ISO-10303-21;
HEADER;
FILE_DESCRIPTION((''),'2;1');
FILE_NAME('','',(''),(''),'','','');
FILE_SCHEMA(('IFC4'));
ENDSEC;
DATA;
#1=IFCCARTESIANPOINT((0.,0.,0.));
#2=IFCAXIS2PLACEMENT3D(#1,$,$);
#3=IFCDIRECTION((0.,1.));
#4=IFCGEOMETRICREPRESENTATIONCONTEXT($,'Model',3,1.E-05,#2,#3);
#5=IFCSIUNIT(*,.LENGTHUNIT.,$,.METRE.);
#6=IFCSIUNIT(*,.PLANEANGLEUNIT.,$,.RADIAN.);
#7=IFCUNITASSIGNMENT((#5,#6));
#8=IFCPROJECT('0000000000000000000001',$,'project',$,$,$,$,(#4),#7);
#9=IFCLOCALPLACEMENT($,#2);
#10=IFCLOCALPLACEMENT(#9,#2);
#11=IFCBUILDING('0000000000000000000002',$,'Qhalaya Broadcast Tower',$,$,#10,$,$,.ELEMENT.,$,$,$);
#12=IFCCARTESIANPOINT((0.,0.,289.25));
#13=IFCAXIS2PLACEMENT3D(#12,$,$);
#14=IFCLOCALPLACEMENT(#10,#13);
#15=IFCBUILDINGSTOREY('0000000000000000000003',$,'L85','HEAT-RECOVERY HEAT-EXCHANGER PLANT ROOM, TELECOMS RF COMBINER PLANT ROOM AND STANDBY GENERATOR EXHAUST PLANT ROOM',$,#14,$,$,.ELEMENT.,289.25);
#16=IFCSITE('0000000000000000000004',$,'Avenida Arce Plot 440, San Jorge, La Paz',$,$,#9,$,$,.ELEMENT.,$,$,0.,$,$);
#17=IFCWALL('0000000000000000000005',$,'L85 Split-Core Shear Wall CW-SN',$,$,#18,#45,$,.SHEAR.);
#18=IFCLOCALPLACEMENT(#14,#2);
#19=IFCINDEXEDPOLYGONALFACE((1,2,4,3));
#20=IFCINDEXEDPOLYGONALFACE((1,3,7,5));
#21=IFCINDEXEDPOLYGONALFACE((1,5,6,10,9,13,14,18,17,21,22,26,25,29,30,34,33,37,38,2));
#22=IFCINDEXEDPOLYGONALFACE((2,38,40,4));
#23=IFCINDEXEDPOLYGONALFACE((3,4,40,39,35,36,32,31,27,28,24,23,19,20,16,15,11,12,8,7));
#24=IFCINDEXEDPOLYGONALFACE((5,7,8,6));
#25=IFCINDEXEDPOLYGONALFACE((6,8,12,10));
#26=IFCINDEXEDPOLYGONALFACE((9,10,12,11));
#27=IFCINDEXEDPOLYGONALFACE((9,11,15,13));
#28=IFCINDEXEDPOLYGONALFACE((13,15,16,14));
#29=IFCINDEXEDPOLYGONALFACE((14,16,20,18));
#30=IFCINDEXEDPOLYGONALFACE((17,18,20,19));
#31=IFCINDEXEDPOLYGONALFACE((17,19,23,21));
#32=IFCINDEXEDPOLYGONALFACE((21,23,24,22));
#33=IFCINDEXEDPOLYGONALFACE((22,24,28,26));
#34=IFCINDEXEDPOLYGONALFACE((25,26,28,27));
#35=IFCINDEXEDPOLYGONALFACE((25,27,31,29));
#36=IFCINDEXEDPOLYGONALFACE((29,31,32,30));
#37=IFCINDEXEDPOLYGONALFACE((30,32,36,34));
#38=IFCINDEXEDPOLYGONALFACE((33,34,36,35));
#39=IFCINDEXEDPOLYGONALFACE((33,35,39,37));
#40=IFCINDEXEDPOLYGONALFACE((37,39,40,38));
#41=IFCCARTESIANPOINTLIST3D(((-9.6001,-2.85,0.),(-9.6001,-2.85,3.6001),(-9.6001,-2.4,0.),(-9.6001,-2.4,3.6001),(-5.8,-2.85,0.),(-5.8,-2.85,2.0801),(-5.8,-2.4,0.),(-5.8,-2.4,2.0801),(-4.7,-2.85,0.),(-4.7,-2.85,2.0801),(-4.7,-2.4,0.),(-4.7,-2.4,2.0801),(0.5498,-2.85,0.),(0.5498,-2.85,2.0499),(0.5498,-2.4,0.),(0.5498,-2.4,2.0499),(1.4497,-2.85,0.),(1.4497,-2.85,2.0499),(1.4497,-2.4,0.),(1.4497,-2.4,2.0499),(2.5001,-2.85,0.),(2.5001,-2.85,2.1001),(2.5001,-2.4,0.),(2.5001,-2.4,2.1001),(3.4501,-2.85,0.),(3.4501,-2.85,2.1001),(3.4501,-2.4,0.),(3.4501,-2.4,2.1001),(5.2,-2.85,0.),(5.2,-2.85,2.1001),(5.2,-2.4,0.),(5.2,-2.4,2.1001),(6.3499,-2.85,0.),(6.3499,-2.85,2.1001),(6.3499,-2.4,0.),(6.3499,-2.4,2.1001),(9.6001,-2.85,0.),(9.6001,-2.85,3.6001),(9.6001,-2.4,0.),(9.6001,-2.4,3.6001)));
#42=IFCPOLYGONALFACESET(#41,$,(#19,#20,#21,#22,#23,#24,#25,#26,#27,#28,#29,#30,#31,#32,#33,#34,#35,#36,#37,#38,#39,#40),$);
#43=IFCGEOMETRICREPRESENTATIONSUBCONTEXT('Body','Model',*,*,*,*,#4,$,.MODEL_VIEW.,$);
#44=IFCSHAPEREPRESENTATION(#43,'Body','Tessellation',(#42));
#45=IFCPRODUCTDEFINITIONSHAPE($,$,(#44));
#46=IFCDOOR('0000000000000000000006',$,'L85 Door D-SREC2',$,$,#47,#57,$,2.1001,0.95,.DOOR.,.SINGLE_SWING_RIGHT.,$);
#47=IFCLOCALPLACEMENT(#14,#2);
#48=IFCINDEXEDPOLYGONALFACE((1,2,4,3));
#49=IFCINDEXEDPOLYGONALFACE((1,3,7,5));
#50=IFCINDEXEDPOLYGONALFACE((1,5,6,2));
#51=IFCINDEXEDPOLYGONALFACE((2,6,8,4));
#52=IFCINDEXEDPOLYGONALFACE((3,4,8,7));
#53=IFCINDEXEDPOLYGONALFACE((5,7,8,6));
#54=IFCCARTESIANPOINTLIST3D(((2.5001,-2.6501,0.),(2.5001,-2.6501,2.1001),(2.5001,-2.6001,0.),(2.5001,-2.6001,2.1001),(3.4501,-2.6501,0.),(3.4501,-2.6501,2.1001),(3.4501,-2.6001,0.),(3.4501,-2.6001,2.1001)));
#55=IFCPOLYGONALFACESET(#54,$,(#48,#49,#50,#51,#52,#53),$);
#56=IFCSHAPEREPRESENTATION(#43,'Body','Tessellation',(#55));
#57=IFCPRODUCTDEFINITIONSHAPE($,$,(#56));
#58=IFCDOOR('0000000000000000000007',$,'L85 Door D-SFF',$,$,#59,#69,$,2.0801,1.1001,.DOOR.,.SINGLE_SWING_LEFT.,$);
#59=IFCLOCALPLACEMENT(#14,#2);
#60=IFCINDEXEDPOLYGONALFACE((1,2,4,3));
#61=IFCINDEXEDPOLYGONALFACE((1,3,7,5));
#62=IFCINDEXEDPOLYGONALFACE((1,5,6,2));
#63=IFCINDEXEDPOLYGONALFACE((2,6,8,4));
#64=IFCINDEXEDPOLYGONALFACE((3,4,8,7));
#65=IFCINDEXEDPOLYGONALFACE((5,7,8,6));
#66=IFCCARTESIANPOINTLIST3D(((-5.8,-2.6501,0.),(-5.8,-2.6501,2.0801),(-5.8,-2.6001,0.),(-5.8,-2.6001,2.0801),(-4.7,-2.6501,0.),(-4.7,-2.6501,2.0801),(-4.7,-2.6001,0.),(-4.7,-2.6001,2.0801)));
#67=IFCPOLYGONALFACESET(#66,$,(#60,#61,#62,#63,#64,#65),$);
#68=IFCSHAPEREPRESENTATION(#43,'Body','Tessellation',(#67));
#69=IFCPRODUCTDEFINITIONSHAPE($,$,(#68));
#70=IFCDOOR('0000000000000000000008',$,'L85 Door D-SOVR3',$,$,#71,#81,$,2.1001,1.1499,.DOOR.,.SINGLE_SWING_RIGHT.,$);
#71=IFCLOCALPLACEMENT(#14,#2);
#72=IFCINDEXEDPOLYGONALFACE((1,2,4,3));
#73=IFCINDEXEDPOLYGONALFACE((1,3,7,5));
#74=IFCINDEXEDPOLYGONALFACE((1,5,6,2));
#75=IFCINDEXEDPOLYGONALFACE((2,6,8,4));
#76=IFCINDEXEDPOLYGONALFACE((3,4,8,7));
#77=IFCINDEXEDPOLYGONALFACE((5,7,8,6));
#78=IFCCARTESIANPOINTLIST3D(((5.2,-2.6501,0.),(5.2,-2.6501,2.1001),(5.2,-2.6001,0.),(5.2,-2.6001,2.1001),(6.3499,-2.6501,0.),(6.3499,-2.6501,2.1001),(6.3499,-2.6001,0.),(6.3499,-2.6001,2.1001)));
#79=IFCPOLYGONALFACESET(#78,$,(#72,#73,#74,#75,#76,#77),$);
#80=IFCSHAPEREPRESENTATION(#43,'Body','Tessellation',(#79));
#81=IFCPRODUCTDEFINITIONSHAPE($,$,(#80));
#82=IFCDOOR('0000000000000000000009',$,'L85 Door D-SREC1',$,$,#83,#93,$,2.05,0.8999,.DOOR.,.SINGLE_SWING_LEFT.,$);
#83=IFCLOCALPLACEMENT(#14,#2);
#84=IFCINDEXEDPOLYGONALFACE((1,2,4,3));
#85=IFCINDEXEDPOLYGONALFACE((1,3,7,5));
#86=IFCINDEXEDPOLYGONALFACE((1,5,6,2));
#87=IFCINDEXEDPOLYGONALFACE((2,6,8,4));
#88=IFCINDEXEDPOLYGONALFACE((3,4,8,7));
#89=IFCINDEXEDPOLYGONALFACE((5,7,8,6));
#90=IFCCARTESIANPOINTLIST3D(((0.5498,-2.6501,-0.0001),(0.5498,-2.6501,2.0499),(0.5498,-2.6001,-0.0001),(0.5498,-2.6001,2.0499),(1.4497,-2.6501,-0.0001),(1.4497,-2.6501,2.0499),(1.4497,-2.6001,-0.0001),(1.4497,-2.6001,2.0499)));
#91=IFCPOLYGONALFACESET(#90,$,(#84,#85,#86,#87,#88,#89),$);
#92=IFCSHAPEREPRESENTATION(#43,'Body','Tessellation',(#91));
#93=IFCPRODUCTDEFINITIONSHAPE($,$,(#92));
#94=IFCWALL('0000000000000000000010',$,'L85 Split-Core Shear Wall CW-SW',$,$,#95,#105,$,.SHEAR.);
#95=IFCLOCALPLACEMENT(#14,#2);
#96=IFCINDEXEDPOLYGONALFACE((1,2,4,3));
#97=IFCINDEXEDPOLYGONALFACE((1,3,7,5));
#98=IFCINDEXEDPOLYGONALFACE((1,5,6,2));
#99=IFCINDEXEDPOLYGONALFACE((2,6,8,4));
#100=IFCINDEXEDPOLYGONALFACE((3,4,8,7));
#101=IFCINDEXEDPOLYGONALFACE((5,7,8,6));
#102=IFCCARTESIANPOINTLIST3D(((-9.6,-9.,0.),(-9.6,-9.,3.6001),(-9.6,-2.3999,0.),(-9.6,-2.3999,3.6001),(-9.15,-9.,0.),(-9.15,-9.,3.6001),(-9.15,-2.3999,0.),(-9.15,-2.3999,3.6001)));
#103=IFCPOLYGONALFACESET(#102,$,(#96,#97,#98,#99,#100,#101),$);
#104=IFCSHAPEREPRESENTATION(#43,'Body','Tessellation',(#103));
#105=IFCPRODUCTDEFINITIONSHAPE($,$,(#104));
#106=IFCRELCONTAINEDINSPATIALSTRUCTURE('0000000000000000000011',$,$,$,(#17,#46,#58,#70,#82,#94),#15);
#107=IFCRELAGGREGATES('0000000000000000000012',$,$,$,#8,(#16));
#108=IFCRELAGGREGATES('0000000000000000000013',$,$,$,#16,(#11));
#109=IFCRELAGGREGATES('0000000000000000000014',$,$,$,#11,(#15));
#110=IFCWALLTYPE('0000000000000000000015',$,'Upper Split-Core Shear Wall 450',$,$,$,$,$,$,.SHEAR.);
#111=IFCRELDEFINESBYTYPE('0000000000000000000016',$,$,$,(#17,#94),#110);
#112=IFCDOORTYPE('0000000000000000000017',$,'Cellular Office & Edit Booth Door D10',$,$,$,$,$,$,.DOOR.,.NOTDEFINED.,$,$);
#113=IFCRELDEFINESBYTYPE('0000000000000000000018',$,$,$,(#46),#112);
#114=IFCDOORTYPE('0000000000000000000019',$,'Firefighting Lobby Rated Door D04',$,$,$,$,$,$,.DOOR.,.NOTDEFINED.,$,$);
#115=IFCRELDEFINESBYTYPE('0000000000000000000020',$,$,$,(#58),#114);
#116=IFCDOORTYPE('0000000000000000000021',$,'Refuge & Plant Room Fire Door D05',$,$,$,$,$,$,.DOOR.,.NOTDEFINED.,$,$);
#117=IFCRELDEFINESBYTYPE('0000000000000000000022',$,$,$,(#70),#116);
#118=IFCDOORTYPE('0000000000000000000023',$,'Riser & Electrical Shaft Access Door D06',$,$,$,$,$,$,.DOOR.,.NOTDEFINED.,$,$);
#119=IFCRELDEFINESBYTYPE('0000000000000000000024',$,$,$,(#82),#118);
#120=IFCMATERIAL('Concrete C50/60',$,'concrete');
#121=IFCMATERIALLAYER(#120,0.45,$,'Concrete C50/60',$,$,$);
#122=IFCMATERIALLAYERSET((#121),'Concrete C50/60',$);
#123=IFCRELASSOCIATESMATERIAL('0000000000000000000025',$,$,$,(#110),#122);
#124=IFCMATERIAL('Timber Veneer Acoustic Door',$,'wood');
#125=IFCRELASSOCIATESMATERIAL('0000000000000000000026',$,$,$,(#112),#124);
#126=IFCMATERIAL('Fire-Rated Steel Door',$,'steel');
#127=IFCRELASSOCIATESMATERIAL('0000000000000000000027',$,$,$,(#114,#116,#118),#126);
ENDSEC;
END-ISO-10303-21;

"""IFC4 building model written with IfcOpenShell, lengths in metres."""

from ifc_helpers import new_model, si_unit, direction, frame, frame_2d, origin, place, context, subcontext, project, spatial, rectangle, extrude, material, layer, layer_set, type_object, element, fill, save


model = new_model("IFC4")

# Units and contexts
model_context = context("Model", 3, precision=1e-05, world=origin(), true_north=direction((0.0, 1.0)))
body_context = subcontext(model_context, "Body", "Model", "MODEL_VIEW")
ifc_project = project(units=[si_unit("LENGTHUNIT", "METRE"), si_unit("PLANEANGLEUNIT", "RADIAN")], contexts=[model_context])

# Site, building, storey
site_placement = place(None, origin())
site = spatial("IfcSite", under=ifc_project, at=site_placement, Name="Avenida Arce Plot 440, San Jorge, La Paz", CompositionType="ELEMENT", RefElevation=0.0)
building_placement = place(site_placement, origin())
building = spatial("IfcBuilding", under=site, at=building_placement, Name="Qhalaya Broadcast Tower", CompositionType="ELEMENT")
storey_placement = place(building_placement, frame((0.0, 0.0, 289.25)))
storey = spatial("IfcBuildingStorey", under=building, at=storey_placement, Name="L85", Description="HEAT-RECOVERY HEAT-EXCHANGER PLANT ROOM, TELECOMS RF COMBINER PLANT ROOM AND STANDBY GENERATOR EXHAUST PLANT ROOM", CompositionType="ELEMENT", Elevation=289.25)

# Shared definitions
ifc_material_1 = material(Name="Concrete C50/60", Category="concrete")

# Shared definitions
ifc_layer_1 = layer(ifc_material_1, 0.45, Name="Concrete C50/60")
ifc_layer_set_1 = layer_set([ifc_layer_1], Name="Concrete C50/60")
wall_type = type_object("IfcWallType", Name="Upper Split-Core Shear Wall 450", PredefinedType="SHEAR", material=ifc_layer_set_1)

# Wall, openings, doors
wall_1_placement = place(storey_placement, frame((-9.6001, -2.625, 0.0), z_axis=(0.0, 0.0, 1.0), x_axis=(1.0, 0.0, 0.0)))
wall_1 = element("IfcWall", 1, at=wall_1_placement, inside=storey, type_object=wall_type, Name="L85 Split-Core Shear Wall CW-SN", PredefinedType="SHEAR", context=body_context, shape_type="SweptSolid", body=[
    extrude(rectangle(XDim=19.2002, YDim=0.45, at=frame_2d((9.6001, 0.0))), origin(), (0.0, 0.0, 1.0), 3.6001),
])
opening_1_placement = place(wall_1_placement, frame((3.8, 0.0, 0.0)))
opening_1 = element("IfcOpeningElement", 2, at=opening_1_placement, cuts=wall_1, PredefinedType="OPENING", context=body_context, shape_type="SweptSolid", body=[
    extrude(rectangle(XDim=1.1001, YDim=2.0801, at=frame_2d((0.55, 1.04))), frame((0.0, 0.2371, 0.0), z_axis=(0.0, -1.0, 0.0), x_axis=(1.0, 0.0, 0.0)), (0.0, 0.0, 1.0), 0.4739),
])
opening_2_placement = place(wall_1_placement, frame((10.1499, 0.0, 0.0)))
opening_2 = element("IfcOpeningElement", 3, at=opening_2_placement, cuts=wall_1, PredefinedType="OPENING", context=body_context, shape_type="SweptSolid", body=[
    extrude(rectangle(XDim=0.8999, YDim=2.05, at=frame_2d((0.45, 1.0249))), frame((0.0, 0.2371, 0.0), z_axis=(0.0, -1.0, 0.0), x_axis=(1.0, 0.0, 0.0)), (0.0, 0.0, 1.0), 0.4739),
])
opening_3_placement = place(wall_1_placement, frame((12.1001, 0.0, 0.0)))
opening_3 = element("IfcOpeningElement", 4, at=opening_3_placement, cuts=wall_1, PredefinedType="OPENING", context=body_context, shape_type="SweptSolid", body=[
    extrude(rectangle(XDim=0.95, YDim=2.1001, at=frame_2d((0.4751, 1.05))), frame((0.0, 0.2371, 0.0), z_axis=(0.0, -1.0, 0.0), x_axis=(1.0, 0.0, 0.0)), (0.0, 0.0, 1.0), 0.4739),
])
opening_4_placement = place(wall_1_placement, frame((14.8, 0.0, 0.0)))
opening_4 = element("IfcOpeningElement", 5, at=opening_4_placement, cuts=wall_1, PredefinedType="OPENING", context=body_context, shape_type="SweptSolid", body=[
    extrude(rectangle(XDim=1.1499, YDim=2.1001, at=frame_2d((0.575, 1.05))), frame((0.0, 0.2371, 0.0), z_axis=(0.0, -1.0, 0.0), x_axis=(1.0, 0.0, 0.0)), (0.0, 0.0, 1.0), 0.4739),
])
ifc_material_2 = material(Name="Timber Veneer Acoustic Door", Category="wood")
door_type_1 = type_object("IfcDoorType", Name="Cellular Office & Edit Booth Door D10", OperationType="NOTDEFINED", PredefinedType="DOOR", material=ifc_material_2)
door_1_placement = place(opening_3_placement, origin())
door_1 = element("IfcDoor", 6, at=door_1_placement, inside=storey, type_object=door_type_1, Name="L85 Door D-SREC2", OperationType="SINGLE_SWING_RIGHT", OverallHeight=2.1001, OverallWidth=0.95, PredefinedType="DOOR", context=body_context, shape_type="SweptSolid", body=[
    extrude(rectangle(XDim=0.95, YDim=2.1001, at=frame_2d((0.4751, 1.05))), frame((0.0, 0.0249, 0.0), z_axis=(0.0, -1.0, 0.0), x_axis=(1.0, 0.0, 0.0)), (0.0, 0.0, 1.0), 0.05),
])
fill(opening_3, door_1)
ifc_material_3 = material(Name="Fire-Rated Steel Door", Category="steel")
door_type_2 = type_object("IfcDoorType", Name="Firefighting Lobby Rated Door D04", OperationType="NOTDEFINED", PredefinedType="DOOR", material=ifc_material_3)
door_2_placement = place(opening_1_placement, origin())
door_2 = element("IfcDoor", 7, at=door_2_placement, inside=storey, type_object=door_type_2, Name="L85 Door D-SFF", OperationType="SINGLE_SWING_LEFT", OverallHeight=2.0801, OverallWidth=1.1001, PredefinedType="DOOR", context=body_context, shape_type="SweptSolid", body=[
    extrude(rectangle(XDim=1.1001, YDim=2.0801, at=frame_2d((0.55, 1.04))), frame((0.0, 0.0249, 0.0), z_axis=(0.0, -1.0, 0.0), x_axis=(1.0, 0.0, 0.0)), (0.0, 0.0, 1.0), 0.05),
])
fill(opening_1, door_2)
door_type_3 = type_object("IfcDoorType", Name="Refuge & Plant Room Fire Door D05", OperationType="NOTDEFINED", PredefinedType="DOOR", material=ifc_material_3)
door_3_placement = place(opening_4_placement, origin())
door_3 = element("IfcDoor", 8, at=door_3_placement, inside=storey, type_object=door_type_3, Name="L85 Door D-SOVR3", OperationType="SINGLE_SWING_RIGHT", OverallHeight=2.1001, OverallWidth=1.1499, PredefinedType="DOOR", context=body_context, shape_type="SweptSolid", body=[
    extrude(rectangle(XDim=1.1499, YDim=2.1001, at=frame_2d((0.575, 1.05))), frame((0.0, 0.0249, 0.0), z_axis=(0.0, -1.0, 0.0), x_axis=(1.0, 0.0, 0.0)), (0.0, 0.0, 1.0), 0.05),
])
fill(opening_4, door_3)
door_type_4 = type_object("IfcDoorType", Name="Riser & Electrical Shaft Access Door D06", OperationType="NOTDEFINED", PredefinedType="DOOR", material=ifc_material_3)
door_4_placement = place(opening_2_placement, origin())
door_4 = element("IfcDoor", 9, at=door_4_placement, inside=storey, type_object=door_type_4, Name="L85 Door D-SREC1", OperationType="SINGLE_SWING_LEFT", OverallHeight=2.05, OverallWidth=0.8999, PredefinedType="DOOR", context=body_context, shape_type="SweptSolid", body=[
    extrude(rectangle(XDim=0.8999, YDim=2.05, at=frame_2d((0.45, 1.0249))), frame((0.0, 0.0249, 0.0), z_axis=(0.0, -1.0, 0.0), x_axis=(1.0, 0.0, 0.0)), (0.0, 0.0, 1.0), 0.05),
])
fill(opening_2, door_4)

# Wall
wall_2_placement = place(storey_placement, frame((-9.375, -9.0, 0.0), z_axis=(0.0, 0.0, 1.0), x_axis=(0.0, 1.0, 0.0)))
element("IfcWall", 10, at=wall_2_placement, inside=storey, type_object=wall_type, Name="L85 Split-Core Shear Wall CW-SW", PredefinedType="SHEAR", context=body_context, shape_type="SweptSolid", body=[
    extrude(rectangle(XDim=6.6001, YDim=0.45, at=frame_2d((3.3, 0.0))), origin(), (0.0, 0.0, 1.0), 3.6001),
])

save(model, "model.ifc")
